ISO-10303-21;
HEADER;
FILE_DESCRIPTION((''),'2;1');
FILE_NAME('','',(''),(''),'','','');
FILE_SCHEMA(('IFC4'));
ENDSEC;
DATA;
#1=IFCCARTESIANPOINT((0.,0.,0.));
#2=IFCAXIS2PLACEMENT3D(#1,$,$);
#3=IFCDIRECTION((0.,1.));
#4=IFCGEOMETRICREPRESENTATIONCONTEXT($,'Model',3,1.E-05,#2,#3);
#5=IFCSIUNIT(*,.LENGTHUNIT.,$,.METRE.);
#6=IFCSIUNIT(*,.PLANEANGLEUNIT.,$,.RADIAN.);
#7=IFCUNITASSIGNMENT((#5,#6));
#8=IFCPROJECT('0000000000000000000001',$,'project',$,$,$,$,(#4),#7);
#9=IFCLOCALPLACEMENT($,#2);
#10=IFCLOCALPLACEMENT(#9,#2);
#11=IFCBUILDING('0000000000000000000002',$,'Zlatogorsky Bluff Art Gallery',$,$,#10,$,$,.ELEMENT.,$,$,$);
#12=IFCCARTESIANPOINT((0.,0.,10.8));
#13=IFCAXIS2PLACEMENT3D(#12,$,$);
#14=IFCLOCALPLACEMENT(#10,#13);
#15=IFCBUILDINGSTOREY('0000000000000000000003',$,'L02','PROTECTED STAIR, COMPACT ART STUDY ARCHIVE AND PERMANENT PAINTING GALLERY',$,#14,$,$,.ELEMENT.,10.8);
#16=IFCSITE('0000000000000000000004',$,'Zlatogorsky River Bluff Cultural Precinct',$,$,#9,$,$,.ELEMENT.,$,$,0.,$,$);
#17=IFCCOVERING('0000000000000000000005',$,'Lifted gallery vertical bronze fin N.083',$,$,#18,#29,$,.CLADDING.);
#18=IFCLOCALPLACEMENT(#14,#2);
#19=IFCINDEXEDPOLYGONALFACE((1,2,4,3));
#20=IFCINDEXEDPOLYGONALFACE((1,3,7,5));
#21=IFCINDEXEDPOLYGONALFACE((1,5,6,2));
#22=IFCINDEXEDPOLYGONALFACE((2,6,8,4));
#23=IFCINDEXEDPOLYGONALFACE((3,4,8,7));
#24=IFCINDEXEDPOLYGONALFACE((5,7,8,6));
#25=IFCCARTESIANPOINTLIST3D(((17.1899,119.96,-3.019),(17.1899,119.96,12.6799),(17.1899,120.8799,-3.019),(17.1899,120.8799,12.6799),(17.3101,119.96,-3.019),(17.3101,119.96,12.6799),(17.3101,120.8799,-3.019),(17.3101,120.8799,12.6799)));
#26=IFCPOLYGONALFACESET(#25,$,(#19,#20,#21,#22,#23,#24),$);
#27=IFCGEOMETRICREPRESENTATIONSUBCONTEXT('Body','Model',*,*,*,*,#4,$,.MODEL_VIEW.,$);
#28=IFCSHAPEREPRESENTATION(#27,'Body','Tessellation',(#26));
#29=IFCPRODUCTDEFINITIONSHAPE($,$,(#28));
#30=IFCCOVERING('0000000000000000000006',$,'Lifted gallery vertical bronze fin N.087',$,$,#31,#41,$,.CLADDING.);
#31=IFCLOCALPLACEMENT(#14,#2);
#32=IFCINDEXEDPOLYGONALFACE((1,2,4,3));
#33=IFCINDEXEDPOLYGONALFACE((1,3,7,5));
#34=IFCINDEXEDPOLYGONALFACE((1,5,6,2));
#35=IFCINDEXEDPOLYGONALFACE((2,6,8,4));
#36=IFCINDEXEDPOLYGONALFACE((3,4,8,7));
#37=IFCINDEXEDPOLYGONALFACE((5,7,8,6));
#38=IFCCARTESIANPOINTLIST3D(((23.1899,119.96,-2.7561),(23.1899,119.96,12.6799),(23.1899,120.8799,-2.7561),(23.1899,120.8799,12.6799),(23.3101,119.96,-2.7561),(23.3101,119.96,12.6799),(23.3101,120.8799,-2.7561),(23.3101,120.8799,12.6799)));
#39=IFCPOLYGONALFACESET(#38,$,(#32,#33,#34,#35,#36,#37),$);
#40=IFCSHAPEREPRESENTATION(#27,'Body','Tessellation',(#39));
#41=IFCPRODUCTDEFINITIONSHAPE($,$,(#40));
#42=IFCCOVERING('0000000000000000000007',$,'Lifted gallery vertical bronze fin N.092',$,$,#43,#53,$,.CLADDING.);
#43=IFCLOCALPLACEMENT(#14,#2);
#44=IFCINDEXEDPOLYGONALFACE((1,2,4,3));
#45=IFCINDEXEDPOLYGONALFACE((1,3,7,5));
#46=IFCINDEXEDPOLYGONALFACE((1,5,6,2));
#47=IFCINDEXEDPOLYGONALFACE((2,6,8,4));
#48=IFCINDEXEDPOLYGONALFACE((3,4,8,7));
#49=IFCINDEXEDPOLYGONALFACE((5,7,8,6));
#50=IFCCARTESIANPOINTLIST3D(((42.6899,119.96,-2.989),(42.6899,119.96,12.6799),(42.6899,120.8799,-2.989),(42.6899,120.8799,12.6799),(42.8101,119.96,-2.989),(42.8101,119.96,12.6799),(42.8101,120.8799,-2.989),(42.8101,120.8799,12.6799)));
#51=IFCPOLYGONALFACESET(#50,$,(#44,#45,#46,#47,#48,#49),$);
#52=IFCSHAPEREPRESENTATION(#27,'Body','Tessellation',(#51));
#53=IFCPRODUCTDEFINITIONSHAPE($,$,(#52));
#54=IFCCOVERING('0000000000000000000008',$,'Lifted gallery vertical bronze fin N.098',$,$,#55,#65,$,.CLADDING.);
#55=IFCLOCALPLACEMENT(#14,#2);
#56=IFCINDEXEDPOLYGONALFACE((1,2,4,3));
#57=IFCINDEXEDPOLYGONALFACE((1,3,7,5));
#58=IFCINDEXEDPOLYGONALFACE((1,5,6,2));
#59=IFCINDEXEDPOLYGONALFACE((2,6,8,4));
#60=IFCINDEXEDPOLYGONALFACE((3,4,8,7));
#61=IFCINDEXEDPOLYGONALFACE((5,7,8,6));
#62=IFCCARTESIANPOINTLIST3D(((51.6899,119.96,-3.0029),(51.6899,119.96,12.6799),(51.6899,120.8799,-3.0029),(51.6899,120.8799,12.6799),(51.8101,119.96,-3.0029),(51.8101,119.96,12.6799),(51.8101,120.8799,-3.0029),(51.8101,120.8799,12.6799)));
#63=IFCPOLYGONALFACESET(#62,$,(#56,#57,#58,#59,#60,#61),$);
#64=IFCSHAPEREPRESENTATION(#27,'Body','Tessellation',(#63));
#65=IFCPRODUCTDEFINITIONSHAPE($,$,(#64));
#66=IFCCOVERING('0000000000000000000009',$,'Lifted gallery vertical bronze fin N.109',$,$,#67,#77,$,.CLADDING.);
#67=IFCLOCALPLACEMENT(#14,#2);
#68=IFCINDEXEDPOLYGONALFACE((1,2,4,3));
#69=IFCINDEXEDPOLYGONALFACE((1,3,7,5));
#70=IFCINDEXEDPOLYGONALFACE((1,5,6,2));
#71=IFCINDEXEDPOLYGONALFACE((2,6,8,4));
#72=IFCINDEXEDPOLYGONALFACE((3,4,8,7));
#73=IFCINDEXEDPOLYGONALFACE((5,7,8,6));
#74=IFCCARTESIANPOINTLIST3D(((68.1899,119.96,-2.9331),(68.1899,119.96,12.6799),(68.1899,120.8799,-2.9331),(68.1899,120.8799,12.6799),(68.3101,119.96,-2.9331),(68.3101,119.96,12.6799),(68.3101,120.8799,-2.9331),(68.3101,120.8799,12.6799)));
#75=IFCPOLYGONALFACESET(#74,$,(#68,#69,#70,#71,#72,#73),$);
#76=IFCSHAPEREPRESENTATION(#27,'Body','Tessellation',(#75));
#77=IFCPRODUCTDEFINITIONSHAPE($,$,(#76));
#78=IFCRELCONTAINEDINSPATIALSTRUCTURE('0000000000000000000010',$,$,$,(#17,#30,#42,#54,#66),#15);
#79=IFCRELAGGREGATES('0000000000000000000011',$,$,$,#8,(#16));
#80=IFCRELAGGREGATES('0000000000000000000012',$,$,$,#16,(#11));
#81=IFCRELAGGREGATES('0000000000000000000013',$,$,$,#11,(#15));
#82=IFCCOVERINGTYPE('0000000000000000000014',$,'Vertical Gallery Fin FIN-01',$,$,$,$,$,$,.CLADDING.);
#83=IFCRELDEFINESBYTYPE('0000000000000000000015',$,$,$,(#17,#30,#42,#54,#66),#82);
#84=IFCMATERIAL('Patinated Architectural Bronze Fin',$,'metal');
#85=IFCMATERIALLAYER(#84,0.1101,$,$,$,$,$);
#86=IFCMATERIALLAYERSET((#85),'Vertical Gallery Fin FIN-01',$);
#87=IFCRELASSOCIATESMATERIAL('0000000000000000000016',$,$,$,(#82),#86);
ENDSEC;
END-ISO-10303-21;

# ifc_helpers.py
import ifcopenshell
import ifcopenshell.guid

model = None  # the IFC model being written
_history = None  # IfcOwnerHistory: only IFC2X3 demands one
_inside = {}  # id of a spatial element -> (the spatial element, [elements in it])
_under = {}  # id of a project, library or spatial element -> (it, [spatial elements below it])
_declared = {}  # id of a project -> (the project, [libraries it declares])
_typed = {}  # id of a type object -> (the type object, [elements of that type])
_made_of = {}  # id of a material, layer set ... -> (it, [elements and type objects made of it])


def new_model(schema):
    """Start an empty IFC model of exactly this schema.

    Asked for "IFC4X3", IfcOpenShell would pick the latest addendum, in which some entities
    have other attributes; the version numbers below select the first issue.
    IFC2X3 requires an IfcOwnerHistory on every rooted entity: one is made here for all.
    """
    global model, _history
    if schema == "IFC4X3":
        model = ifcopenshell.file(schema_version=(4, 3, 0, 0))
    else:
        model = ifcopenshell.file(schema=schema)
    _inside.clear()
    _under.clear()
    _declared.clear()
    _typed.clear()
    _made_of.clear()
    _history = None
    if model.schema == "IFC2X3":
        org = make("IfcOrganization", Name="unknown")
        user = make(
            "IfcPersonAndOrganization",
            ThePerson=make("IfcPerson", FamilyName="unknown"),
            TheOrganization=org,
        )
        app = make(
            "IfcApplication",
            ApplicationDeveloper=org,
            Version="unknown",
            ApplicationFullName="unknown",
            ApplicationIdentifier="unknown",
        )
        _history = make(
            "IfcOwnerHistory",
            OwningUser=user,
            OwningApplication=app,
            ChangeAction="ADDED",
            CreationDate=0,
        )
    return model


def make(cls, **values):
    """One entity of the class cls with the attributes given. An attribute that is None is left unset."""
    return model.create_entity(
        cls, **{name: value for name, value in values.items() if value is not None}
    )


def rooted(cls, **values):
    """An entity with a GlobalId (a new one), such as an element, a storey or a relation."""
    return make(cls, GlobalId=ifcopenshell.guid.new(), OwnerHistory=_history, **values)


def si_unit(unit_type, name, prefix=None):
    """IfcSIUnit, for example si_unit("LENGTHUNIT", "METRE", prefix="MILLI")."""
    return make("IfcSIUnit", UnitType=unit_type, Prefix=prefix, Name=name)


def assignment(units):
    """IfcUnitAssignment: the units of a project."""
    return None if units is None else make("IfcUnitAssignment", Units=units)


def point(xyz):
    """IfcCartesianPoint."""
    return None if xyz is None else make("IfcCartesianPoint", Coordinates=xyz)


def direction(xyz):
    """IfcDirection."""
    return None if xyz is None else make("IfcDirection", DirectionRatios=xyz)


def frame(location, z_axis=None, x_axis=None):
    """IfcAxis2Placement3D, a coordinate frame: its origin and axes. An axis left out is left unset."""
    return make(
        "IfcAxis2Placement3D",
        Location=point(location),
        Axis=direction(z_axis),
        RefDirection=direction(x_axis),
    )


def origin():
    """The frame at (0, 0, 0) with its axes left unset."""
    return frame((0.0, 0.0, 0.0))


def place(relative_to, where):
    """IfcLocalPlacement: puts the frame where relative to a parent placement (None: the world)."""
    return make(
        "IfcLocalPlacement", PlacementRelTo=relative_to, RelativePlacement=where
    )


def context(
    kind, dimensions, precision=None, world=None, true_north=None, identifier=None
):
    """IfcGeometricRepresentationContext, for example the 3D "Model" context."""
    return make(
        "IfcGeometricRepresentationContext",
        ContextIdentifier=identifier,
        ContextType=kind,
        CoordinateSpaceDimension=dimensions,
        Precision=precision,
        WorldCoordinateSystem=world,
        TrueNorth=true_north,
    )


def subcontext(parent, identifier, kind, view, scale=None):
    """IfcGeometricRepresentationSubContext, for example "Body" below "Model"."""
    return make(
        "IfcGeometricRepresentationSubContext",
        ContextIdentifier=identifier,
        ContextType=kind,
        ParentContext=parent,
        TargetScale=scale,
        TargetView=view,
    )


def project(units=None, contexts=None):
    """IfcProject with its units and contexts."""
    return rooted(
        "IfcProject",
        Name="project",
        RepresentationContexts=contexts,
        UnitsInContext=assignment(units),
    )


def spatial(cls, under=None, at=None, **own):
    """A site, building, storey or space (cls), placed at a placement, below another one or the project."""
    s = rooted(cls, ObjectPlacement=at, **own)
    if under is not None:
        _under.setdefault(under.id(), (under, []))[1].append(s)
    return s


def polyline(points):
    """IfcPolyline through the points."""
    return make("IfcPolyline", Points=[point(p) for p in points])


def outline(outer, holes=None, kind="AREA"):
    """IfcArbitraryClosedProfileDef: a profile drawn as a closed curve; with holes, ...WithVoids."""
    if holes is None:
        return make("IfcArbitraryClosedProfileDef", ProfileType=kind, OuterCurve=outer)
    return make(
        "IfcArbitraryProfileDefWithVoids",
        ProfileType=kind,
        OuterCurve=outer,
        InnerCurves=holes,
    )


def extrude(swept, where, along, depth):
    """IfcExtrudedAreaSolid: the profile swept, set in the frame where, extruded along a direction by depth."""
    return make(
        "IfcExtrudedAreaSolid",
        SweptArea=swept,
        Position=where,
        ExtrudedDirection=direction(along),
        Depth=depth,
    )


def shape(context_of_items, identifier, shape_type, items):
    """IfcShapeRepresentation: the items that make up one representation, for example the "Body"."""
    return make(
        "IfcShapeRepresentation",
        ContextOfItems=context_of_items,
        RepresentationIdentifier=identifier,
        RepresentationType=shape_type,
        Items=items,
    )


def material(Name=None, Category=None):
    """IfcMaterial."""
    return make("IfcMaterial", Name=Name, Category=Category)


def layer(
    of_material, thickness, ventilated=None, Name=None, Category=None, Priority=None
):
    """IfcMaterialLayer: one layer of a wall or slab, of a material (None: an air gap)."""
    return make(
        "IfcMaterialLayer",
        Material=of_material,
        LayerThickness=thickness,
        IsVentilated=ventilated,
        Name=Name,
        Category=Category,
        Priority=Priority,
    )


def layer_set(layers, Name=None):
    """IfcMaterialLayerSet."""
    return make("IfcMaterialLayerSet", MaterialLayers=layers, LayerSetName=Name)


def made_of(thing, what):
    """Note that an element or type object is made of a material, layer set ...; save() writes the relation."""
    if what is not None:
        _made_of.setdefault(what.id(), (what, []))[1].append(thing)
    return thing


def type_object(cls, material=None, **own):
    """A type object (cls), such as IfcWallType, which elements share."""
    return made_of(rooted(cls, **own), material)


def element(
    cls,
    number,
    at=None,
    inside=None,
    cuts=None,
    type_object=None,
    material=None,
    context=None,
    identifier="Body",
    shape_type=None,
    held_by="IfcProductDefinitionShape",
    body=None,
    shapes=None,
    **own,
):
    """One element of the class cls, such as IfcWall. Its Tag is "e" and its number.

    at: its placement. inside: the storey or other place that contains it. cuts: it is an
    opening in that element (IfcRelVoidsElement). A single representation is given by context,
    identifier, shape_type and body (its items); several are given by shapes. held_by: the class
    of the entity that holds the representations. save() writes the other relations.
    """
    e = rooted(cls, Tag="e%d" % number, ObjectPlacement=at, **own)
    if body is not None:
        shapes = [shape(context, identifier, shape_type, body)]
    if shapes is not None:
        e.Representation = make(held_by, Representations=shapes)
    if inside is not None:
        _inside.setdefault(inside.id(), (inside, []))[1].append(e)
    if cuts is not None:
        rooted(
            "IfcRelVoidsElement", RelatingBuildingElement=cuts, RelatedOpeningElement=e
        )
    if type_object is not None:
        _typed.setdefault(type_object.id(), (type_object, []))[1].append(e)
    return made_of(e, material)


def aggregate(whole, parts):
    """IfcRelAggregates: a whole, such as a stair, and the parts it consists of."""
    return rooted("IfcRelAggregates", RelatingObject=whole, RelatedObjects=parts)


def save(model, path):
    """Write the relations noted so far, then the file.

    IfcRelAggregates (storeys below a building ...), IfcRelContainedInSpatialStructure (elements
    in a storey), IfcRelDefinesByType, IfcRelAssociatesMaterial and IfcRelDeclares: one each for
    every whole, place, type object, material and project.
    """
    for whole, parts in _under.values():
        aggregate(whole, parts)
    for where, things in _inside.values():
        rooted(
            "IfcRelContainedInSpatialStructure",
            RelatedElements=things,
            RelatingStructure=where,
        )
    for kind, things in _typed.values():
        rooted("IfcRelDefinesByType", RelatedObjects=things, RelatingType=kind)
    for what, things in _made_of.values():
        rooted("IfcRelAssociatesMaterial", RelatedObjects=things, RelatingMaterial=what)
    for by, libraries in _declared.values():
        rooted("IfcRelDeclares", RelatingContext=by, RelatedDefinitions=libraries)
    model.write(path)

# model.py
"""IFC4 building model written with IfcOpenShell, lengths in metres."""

from ifc_helpers import new_model, si_unit, direction, frame, origin, place, context, subcontext, project, spatial, polyline, outline, extrude, material, layer, layer_set, type_object, element, save


model = new_model("IFC4")

# Units and contexts
model_context = context("Model", 3, precision=1e-05, world=origin(), true_north=direction((0.0, 1.0)))
body_context = subcontext(model_context, "Body", "Model", "MODEL_VIEW")
ifc_project = project(units=[si_unit("LENGTHUNIT", "METRE"), si_unit("PLANEANGLEUNIT", "RADIAN")], contexts=[model_context])

# Site, building, storey
site_placement = place(None, origin())
site = spatial("IfcSite", under=ifc_project, at=site_placement, Name="Zlatogorsky River Bluff Cultural Precinct", CompositionType="ELEMENT", RefElevation=0.0)
building_placement = place(site_placement, origin())
building = spatial("IfcBuilding", under=site, at=building_placement, Name="Zlatogorsky Bluff Art Gallery", CompositionType="ELEMENT")
storey_placement = place(building_placement, frame((0.0, 0.0, 10.8)))
storey = spatial("IfcBuildingStorey", under=building, at=storey_placement, Name="L02", Description="PROTECTED STAIR, COMPACT ART STUDY ARCHIVE AND PERMANENT PAINTING GALLERY", CompositionType="ELEMENT", Elevation=10.8)

# Coverings
ifc_material_1 = material(Name="Patinated Architectural Bronze Fin", Category="metal")
ifc_layer_1 = layer(ifc_material_1, 0.1101)
ifc_layer_set_1 = layer_set([ifc_layer_1], Name="Vertical Gallery Fin FIN-01")
covering_type_1 = type_object("IfcCoveringType", Name="Vertical Gallery Fin FIN-01", PredefinedType="CLADDING", material=ifc_layer_set_1)
covering_1_placement = place(storey_placement, frame((0.0, 0.0, -3.019)))
element("IfcCovering", 1, at=covering_1_placement, inside=storey, type_object=covering_type_1, Name="Lifted gallery vertical bronze fin N.083", PredefinedType="CLADDING", context=body_context, shape_type="SweptSolid", body=[
    extrude(outline(polyline([(17.1899, 119.96), (17.3101, 119.96), (17.3101, 120.8799), (17.1899, 120.8799), (17.1899, 119.96)])), origin(), (0.0, 0.0, 1.0), 15.699),
])
covering_2_placement = place(storey_placement, frame((0.0, 0.0, -2.7561)))
element("IfcCovering", 2, at=covering_2_placement, inside=storey, type_object=covering_type_1, Name="Lifted gallery vertical bronze fin N.087", PredefinedType="CLADDING", context=body_context, shape_type="SweptSolid", body=[
    extrude(outline(polyline([(23.1899, 119.96), (23.3101, 119.96), (23.3101, 120.8799), (23.1899, 120.8799), (23.1899, 119.96)])), origin(), (0.0, 0.0, 1.0), 15.436),
])
covering_3_placement = place(storey_placement, frame((0.0, 0.0, -2.989)))
element("IfcCovering", 3, at=covering_3_placement, inside=storey, type_object=covering_type_1, Name="Lifted gallery vertical bronze fin N.092", PredefinedType="CLADDING", context=body_context, shape_type="SweptSolid", body=[
    extrude(outline(polyline([(42.6899, 119.96), (42.8101, 119.96), (42.8101, 120.8799), (42.6899, 120.8799), (42.6899, 119.96)])), origin(), (0.0, 0.0, 1.0), 15.6689),
])
covering_4_placement = place(storey_placement, frame((0.0, 0.0, -3.0029)))
element("IfcCovering", 4, at=covering_4_placement, inside=storey, type_object=covering_type_1, Name="Lifted gallery vertical bronze fin N.098", PredefinedType="CLADDING", context=body_context, shape_type="SweptSolid", body=[
    extrude(outline(polyline([(51.6899, 119.96), (51.8101, 119.96), (51.8101, 120.8799), (51.6899, 120.8799), (51.6899, 119.96)])), origin(), (0.0, 0.0, 1.0), 15.6829),
])
covering_5_placement = place(storey_placement, frame((0.0, 0.0, -2.9331)))
element("IfcCovering", 5, at=covering_5_placement, inside=storey, type_object=covering_type_1, Name="Lifted gallery vertical bronze fin N.109", PredefinedType="CLADDING", context=body_context, shape_type="SweptSolid", body=[
    extrude(outline(polyline([(68.1899, 119.96), (68.3101, 119.96), (68.3101, 120.8799), (68.1899, 120.8799), (68.1899, 119.96)])), origin(), (0.0, 0.0, 1.0), 15.613),
])

save(model, "model.ifc")
